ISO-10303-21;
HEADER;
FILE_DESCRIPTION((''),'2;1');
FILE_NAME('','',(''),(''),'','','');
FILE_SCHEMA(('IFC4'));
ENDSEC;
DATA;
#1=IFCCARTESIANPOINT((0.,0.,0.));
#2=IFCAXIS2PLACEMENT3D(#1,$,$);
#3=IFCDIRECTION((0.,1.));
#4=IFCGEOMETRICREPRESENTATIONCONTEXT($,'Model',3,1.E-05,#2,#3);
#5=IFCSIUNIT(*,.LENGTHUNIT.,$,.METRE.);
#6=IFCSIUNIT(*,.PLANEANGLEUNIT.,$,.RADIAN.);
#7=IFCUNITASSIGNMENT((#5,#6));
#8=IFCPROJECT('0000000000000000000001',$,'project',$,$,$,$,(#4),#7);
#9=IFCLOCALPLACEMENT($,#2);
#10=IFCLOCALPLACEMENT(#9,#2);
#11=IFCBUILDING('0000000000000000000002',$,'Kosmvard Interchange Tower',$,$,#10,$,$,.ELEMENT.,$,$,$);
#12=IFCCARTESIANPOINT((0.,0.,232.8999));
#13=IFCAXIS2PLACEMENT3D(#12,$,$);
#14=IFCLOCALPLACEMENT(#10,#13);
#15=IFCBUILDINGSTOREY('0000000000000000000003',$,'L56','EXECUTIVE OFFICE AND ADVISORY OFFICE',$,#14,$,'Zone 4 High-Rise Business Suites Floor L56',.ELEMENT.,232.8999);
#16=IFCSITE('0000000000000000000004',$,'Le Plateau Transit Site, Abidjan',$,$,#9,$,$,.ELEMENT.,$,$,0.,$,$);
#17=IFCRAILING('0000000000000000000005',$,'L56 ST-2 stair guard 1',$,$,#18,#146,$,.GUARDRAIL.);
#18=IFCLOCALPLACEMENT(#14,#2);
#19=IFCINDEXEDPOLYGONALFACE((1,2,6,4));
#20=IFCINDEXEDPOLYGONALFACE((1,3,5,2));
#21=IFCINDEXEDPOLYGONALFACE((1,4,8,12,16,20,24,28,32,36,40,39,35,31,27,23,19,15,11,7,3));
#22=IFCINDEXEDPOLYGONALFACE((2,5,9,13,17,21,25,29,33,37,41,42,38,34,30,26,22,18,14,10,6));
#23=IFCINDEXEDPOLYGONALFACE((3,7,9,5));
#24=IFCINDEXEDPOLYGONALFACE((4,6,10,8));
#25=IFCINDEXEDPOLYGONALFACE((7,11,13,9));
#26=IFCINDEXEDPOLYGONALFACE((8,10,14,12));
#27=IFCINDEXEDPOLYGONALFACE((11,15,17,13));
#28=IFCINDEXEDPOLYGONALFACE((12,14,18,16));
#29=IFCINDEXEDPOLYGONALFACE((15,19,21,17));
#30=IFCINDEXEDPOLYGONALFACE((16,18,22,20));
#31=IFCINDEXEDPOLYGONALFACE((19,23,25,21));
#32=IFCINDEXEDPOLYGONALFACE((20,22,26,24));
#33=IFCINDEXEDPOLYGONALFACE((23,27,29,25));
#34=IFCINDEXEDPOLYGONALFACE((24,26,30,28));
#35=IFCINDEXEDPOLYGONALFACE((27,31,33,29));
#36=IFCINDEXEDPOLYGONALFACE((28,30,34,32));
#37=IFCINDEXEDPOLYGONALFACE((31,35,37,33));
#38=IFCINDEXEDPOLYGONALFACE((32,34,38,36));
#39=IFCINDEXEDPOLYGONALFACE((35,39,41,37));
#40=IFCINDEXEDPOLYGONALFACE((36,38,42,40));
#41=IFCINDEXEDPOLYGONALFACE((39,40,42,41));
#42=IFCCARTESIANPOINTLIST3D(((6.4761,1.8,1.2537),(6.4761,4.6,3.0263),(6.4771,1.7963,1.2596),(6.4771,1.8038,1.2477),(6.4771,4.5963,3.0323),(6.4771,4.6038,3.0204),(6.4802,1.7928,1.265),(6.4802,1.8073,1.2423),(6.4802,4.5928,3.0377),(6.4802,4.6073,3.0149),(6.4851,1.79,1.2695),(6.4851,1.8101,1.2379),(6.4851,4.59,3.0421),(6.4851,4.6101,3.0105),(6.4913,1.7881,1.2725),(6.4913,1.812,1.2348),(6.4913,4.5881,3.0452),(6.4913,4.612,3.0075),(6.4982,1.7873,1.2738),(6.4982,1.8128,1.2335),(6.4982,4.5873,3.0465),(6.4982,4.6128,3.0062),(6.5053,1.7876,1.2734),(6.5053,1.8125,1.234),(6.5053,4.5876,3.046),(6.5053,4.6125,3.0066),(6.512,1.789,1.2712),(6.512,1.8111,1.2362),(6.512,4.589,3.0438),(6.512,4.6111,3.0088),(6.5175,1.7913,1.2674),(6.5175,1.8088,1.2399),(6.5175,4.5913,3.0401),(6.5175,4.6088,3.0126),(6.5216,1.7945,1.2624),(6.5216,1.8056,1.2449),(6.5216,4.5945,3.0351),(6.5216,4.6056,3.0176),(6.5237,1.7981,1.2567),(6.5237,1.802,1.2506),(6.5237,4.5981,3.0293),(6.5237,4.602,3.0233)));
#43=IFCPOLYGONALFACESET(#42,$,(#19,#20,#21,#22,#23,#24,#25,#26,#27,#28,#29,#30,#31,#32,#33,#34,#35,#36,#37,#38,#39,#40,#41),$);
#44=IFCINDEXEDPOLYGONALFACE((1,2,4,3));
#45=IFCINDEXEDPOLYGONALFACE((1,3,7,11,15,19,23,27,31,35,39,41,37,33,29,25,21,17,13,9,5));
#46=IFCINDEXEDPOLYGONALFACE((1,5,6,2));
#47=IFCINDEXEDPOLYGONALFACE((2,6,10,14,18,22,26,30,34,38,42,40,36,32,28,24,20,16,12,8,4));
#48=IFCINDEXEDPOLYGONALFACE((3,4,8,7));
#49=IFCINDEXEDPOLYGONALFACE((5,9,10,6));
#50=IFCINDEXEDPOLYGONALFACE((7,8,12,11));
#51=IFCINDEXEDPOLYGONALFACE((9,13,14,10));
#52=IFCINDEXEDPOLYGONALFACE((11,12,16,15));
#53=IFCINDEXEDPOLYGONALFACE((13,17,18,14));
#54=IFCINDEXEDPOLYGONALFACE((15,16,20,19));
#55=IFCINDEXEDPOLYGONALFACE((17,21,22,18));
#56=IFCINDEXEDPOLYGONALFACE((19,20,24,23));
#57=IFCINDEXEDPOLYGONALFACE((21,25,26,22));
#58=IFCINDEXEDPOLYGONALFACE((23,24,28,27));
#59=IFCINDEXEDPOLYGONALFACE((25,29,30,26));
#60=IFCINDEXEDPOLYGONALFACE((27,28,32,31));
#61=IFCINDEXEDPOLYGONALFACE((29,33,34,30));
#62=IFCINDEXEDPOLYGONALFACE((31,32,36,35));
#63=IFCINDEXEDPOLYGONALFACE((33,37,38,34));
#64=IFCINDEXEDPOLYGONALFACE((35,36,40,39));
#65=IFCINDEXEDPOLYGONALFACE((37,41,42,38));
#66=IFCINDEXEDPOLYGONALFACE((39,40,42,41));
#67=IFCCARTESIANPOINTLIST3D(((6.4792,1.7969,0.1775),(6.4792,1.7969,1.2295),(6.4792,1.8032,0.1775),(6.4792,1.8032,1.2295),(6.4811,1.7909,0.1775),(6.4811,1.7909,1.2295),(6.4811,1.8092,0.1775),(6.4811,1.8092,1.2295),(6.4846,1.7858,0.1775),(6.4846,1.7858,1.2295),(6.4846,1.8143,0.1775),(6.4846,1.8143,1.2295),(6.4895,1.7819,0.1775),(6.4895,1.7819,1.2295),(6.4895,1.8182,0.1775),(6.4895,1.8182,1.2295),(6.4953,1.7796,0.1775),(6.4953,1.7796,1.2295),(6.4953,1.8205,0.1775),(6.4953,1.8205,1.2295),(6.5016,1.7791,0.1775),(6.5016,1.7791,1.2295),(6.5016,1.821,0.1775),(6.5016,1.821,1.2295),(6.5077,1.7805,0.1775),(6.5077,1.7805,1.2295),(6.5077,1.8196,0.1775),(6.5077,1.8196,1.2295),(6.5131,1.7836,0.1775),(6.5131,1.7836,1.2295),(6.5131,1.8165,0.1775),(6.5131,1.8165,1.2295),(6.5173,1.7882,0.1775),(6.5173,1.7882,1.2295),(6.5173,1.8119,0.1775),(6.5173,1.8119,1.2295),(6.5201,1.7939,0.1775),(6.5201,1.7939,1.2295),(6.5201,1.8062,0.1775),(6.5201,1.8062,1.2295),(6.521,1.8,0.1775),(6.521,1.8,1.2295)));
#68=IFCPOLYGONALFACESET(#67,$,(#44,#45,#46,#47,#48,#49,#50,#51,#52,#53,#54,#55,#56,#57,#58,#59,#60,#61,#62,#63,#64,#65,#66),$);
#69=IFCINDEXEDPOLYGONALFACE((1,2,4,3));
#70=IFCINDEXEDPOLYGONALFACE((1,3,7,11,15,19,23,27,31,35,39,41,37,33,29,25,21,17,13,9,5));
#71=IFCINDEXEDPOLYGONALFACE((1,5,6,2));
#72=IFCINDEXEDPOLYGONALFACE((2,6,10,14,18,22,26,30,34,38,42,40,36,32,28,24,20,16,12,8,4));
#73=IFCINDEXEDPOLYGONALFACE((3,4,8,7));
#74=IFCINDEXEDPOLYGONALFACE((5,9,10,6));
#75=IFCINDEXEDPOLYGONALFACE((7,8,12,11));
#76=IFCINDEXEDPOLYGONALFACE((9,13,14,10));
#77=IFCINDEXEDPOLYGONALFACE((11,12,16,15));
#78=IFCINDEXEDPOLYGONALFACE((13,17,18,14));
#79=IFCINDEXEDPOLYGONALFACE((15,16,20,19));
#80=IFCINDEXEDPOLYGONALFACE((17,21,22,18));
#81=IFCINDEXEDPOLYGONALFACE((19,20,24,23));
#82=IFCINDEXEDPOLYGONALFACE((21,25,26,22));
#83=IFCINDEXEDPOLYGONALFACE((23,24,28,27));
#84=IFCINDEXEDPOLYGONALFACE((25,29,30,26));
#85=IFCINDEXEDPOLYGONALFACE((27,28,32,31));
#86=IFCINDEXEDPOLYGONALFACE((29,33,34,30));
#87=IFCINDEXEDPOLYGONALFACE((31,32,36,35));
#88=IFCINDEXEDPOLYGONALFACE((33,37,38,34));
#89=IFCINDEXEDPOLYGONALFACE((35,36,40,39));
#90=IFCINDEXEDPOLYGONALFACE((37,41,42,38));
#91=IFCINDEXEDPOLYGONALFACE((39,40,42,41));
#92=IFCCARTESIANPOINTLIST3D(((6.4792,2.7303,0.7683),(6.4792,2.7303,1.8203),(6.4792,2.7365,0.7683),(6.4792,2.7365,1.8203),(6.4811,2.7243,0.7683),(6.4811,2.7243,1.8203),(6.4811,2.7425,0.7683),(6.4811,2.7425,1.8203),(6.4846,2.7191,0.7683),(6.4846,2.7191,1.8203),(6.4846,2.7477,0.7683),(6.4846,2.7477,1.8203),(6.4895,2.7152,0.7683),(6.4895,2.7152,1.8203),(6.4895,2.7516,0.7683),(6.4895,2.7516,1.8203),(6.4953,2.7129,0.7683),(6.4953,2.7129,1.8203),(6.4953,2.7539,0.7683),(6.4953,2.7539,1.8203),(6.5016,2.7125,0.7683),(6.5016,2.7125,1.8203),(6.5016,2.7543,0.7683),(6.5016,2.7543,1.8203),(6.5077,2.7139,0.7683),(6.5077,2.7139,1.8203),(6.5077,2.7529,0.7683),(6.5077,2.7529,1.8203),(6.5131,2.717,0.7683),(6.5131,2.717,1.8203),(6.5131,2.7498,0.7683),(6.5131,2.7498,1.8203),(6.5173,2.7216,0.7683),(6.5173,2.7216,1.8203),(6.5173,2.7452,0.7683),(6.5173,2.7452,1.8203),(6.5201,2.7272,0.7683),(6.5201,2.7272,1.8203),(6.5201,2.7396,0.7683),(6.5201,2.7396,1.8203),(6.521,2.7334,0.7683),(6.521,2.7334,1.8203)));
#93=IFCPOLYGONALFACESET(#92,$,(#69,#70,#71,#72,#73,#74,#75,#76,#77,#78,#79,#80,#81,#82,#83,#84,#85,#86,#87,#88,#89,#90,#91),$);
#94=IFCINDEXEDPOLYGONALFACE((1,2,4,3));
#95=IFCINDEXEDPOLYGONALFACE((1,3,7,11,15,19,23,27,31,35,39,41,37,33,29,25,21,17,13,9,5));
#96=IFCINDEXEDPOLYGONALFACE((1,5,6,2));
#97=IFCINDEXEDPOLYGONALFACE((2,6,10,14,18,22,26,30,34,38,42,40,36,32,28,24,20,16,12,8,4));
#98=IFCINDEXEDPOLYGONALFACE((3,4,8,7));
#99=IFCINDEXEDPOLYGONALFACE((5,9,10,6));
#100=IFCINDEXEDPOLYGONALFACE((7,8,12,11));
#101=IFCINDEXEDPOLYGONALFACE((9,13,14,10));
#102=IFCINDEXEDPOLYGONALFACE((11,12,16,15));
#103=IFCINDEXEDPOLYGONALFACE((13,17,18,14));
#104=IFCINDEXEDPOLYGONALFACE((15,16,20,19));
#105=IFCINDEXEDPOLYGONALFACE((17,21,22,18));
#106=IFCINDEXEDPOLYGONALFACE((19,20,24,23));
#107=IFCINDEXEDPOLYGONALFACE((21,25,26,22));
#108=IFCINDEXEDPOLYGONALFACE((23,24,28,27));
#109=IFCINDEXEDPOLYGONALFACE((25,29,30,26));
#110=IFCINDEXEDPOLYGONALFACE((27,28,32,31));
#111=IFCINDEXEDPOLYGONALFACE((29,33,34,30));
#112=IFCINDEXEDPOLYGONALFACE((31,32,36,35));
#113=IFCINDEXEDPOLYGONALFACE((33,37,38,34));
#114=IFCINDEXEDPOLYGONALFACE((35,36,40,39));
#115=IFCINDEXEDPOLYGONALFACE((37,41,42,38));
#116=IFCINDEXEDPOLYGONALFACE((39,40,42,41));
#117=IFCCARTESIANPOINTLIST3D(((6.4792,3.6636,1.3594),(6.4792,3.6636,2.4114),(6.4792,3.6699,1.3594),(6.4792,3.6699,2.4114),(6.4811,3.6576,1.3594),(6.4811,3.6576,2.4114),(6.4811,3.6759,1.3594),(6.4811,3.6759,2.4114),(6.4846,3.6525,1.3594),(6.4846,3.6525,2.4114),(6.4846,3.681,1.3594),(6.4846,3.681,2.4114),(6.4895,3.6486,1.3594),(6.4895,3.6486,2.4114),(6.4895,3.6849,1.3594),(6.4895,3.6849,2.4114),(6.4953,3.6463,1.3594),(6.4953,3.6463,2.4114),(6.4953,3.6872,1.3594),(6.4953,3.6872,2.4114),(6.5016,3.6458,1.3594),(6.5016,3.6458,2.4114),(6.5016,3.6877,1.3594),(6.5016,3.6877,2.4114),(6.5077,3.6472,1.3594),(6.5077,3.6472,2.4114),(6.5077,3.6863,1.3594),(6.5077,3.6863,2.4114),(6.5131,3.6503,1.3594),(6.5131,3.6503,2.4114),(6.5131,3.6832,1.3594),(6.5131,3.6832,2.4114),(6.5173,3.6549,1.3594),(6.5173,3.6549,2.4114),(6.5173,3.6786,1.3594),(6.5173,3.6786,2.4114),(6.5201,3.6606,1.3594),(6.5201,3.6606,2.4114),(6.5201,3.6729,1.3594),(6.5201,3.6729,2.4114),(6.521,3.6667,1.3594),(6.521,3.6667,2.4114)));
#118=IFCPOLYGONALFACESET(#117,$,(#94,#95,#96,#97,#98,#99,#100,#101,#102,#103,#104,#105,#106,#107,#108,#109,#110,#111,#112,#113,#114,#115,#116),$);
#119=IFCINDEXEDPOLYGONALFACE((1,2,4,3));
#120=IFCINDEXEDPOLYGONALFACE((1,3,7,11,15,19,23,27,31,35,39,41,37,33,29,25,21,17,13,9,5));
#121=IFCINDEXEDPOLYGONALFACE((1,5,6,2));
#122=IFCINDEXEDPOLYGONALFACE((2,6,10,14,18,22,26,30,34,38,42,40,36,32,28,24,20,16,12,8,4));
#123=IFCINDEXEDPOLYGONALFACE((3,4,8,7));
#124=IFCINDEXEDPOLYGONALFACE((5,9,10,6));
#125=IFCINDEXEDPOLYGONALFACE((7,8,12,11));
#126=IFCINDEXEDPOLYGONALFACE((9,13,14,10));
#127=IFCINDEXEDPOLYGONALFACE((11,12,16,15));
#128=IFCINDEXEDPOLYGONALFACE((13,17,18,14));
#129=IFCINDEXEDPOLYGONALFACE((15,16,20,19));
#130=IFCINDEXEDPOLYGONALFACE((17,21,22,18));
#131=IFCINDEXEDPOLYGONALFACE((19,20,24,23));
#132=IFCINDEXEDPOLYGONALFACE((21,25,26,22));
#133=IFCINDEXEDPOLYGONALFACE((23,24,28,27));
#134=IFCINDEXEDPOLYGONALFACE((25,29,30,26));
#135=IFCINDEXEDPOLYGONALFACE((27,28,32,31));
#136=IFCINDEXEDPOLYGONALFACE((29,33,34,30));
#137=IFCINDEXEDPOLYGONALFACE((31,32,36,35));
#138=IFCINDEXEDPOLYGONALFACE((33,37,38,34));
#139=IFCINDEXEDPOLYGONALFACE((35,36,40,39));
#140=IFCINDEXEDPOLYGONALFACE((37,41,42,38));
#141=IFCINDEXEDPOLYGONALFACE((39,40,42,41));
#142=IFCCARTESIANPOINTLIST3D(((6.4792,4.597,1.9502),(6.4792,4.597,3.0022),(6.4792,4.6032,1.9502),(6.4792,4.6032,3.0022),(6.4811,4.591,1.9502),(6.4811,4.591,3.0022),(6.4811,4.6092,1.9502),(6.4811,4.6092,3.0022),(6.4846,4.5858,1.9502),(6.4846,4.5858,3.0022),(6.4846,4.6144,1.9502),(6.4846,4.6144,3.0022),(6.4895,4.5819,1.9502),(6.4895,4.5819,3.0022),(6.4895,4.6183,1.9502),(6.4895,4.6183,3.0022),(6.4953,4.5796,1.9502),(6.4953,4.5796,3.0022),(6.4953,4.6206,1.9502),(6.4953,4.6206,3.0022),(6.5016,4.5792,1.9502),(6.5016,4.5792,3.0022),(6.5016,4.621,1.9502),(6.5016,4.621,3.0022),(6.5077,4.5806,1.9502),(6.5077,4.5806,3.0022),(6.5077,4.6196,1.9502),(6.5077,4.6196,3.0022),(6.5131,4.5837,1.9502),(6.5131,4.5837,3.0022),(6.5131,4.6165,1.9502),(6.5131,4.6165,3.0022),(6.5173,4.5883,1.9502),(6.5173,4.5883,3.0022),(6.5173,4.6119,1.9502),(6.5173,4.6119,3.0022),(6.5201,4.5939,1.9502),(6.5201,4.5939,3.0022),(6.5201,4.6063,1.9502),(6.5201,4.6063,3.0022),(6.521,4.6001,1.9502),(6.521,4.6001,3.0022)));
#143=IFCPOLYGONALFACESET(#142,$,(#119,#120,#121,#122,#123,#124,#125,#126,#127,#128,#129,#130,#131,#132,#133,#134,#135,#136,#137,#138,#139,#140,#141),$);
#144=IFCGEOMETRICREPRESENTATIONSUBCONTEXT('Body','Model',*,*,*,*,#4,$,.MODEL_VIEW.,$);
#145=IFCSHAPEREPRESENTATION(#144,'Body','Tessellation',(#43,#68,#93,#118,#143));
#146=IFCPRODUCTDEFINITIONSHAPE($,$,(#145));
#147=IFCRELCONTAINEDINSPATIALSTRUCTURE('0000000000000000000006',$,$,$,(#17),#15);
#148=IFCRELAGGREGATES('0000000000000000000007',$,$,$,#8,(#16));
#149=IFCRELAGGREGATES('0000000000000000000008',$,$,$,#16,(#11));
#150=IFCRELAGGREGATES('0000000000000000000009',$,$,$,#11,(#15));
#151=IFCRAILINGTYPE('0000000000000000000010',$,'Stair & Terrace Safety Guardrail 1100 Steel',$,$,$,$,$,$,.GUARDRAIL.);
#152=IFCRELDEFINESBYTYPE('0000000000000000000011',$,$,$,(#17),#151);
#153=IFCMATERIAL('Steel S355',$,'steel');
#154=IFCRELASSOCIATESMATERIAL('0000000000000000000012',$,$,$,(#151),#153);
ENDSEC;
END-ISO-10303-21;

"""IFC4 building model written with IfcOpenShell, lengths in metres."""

from ifc_helpers import new_model, si_unit, direction, frame, origin, origin_2d, place, context, subcontext, project, spatial, circle, extrude, source, transform, mapped, material, type_object, element, save


model = new_model("IFC4")

# Units and contexts
model_context = context("Model", 3, precision=1e-05, world=origin(), true_north=direction((0.0, 1.0)))
body_context = subcontext(model_context, "Body", "Model", "MODEL_VIEW")
ifc_project = project(units=[si_unit("LENGTHUNIT", "METRE"), si_unit("PLANEANGLEUNIT", "RADIAN")], contexts=[model_context])

# Site, building, storey
site_placement = place(None, origin())
site = spatial("IfcSite", under=ifc_project, at=site_placement, Name="Le Plateau Transit Site, Abidjan", CompositionType="ELEMENT", RefElevation=0.0)
building_placement = place(site_placement, origin())
building = spatial("IfcBuilding", under=site, at=building_placement, Name="Kosmvard Interchange Tower", CompositionType="ELEMENT")
storey_placement = place(building_placement, frame((0.0, 0.0, 232.8999)))
storey = spatial("IfcBuildingStorey", under=building, at=storey_placement, Name="L56", Description="EXECUTIVE OFFICE AND ADVISORY OFFICE", LongName="Zone 4 High-Rise Business Suites Floor L56", CompositionType="ELEMENT", Elevation=232.8999)

# Shared definitions
ifc_material_1 = material(Name="Steel S355", Category="steel")

# Railing
railing_type_1 = type_object("IfcRailingType", Name="Stair & Terrace Safety Guardrail 1100 Steel", PredefinedType="GUARDRAIL", material=ifc_material_1)
shared_shape_1 = source(origin(), body_context, "Body", "SweptSolid", [
    extrude(circle(Radius=0.0239, at=origin_2d()), frame((0.0, 0.0, 1.0762), z_axis=(0.0, 0.844909, 0.53491), x_axis=(-1.0, 0.0, 0.0)), (0.0, 0.0, 1.0), 3.314),
    extrude(circle(Radius=0.021, at=origin_2d()), origin(), (0.0, 0.0, 1.0), 1.052),
    extrude(circle(Radius=0.021, at=origin_2d()), frame((0.0, 0.9333, 0.5908)), (0.0, 0.0, 1.0), 1.052),
    extrude(circle(Radius=0.021, at=origin_2d()), frame((0.0, 1.8667, 1.1819)), (0.0, 0.0, 1.0), 1.052),
    extrude(circle(Radius=0.021, at=origin_2d()), frame((0.0, 2.8, 1.7727)), (0.0, 0.0, 1.0), 1.052),
])
railing_1_placement = place(storey_placement, frame((6.5, 1.8, 0.1775)))
element("IfcRailing", 1, at=railing_1_placement, inside=storey, type_object=railing_type_1, Name="L56 ST-2 stair guard 1", PredefinedType="GUARDRAIL", context=body_context, shape_type="MappedRepresentation", body=[
    mapped(shared_shape_1, transform((0.0, 0.0, 0.0), scale=1.0)),
])

save(model, "model.ifc")
